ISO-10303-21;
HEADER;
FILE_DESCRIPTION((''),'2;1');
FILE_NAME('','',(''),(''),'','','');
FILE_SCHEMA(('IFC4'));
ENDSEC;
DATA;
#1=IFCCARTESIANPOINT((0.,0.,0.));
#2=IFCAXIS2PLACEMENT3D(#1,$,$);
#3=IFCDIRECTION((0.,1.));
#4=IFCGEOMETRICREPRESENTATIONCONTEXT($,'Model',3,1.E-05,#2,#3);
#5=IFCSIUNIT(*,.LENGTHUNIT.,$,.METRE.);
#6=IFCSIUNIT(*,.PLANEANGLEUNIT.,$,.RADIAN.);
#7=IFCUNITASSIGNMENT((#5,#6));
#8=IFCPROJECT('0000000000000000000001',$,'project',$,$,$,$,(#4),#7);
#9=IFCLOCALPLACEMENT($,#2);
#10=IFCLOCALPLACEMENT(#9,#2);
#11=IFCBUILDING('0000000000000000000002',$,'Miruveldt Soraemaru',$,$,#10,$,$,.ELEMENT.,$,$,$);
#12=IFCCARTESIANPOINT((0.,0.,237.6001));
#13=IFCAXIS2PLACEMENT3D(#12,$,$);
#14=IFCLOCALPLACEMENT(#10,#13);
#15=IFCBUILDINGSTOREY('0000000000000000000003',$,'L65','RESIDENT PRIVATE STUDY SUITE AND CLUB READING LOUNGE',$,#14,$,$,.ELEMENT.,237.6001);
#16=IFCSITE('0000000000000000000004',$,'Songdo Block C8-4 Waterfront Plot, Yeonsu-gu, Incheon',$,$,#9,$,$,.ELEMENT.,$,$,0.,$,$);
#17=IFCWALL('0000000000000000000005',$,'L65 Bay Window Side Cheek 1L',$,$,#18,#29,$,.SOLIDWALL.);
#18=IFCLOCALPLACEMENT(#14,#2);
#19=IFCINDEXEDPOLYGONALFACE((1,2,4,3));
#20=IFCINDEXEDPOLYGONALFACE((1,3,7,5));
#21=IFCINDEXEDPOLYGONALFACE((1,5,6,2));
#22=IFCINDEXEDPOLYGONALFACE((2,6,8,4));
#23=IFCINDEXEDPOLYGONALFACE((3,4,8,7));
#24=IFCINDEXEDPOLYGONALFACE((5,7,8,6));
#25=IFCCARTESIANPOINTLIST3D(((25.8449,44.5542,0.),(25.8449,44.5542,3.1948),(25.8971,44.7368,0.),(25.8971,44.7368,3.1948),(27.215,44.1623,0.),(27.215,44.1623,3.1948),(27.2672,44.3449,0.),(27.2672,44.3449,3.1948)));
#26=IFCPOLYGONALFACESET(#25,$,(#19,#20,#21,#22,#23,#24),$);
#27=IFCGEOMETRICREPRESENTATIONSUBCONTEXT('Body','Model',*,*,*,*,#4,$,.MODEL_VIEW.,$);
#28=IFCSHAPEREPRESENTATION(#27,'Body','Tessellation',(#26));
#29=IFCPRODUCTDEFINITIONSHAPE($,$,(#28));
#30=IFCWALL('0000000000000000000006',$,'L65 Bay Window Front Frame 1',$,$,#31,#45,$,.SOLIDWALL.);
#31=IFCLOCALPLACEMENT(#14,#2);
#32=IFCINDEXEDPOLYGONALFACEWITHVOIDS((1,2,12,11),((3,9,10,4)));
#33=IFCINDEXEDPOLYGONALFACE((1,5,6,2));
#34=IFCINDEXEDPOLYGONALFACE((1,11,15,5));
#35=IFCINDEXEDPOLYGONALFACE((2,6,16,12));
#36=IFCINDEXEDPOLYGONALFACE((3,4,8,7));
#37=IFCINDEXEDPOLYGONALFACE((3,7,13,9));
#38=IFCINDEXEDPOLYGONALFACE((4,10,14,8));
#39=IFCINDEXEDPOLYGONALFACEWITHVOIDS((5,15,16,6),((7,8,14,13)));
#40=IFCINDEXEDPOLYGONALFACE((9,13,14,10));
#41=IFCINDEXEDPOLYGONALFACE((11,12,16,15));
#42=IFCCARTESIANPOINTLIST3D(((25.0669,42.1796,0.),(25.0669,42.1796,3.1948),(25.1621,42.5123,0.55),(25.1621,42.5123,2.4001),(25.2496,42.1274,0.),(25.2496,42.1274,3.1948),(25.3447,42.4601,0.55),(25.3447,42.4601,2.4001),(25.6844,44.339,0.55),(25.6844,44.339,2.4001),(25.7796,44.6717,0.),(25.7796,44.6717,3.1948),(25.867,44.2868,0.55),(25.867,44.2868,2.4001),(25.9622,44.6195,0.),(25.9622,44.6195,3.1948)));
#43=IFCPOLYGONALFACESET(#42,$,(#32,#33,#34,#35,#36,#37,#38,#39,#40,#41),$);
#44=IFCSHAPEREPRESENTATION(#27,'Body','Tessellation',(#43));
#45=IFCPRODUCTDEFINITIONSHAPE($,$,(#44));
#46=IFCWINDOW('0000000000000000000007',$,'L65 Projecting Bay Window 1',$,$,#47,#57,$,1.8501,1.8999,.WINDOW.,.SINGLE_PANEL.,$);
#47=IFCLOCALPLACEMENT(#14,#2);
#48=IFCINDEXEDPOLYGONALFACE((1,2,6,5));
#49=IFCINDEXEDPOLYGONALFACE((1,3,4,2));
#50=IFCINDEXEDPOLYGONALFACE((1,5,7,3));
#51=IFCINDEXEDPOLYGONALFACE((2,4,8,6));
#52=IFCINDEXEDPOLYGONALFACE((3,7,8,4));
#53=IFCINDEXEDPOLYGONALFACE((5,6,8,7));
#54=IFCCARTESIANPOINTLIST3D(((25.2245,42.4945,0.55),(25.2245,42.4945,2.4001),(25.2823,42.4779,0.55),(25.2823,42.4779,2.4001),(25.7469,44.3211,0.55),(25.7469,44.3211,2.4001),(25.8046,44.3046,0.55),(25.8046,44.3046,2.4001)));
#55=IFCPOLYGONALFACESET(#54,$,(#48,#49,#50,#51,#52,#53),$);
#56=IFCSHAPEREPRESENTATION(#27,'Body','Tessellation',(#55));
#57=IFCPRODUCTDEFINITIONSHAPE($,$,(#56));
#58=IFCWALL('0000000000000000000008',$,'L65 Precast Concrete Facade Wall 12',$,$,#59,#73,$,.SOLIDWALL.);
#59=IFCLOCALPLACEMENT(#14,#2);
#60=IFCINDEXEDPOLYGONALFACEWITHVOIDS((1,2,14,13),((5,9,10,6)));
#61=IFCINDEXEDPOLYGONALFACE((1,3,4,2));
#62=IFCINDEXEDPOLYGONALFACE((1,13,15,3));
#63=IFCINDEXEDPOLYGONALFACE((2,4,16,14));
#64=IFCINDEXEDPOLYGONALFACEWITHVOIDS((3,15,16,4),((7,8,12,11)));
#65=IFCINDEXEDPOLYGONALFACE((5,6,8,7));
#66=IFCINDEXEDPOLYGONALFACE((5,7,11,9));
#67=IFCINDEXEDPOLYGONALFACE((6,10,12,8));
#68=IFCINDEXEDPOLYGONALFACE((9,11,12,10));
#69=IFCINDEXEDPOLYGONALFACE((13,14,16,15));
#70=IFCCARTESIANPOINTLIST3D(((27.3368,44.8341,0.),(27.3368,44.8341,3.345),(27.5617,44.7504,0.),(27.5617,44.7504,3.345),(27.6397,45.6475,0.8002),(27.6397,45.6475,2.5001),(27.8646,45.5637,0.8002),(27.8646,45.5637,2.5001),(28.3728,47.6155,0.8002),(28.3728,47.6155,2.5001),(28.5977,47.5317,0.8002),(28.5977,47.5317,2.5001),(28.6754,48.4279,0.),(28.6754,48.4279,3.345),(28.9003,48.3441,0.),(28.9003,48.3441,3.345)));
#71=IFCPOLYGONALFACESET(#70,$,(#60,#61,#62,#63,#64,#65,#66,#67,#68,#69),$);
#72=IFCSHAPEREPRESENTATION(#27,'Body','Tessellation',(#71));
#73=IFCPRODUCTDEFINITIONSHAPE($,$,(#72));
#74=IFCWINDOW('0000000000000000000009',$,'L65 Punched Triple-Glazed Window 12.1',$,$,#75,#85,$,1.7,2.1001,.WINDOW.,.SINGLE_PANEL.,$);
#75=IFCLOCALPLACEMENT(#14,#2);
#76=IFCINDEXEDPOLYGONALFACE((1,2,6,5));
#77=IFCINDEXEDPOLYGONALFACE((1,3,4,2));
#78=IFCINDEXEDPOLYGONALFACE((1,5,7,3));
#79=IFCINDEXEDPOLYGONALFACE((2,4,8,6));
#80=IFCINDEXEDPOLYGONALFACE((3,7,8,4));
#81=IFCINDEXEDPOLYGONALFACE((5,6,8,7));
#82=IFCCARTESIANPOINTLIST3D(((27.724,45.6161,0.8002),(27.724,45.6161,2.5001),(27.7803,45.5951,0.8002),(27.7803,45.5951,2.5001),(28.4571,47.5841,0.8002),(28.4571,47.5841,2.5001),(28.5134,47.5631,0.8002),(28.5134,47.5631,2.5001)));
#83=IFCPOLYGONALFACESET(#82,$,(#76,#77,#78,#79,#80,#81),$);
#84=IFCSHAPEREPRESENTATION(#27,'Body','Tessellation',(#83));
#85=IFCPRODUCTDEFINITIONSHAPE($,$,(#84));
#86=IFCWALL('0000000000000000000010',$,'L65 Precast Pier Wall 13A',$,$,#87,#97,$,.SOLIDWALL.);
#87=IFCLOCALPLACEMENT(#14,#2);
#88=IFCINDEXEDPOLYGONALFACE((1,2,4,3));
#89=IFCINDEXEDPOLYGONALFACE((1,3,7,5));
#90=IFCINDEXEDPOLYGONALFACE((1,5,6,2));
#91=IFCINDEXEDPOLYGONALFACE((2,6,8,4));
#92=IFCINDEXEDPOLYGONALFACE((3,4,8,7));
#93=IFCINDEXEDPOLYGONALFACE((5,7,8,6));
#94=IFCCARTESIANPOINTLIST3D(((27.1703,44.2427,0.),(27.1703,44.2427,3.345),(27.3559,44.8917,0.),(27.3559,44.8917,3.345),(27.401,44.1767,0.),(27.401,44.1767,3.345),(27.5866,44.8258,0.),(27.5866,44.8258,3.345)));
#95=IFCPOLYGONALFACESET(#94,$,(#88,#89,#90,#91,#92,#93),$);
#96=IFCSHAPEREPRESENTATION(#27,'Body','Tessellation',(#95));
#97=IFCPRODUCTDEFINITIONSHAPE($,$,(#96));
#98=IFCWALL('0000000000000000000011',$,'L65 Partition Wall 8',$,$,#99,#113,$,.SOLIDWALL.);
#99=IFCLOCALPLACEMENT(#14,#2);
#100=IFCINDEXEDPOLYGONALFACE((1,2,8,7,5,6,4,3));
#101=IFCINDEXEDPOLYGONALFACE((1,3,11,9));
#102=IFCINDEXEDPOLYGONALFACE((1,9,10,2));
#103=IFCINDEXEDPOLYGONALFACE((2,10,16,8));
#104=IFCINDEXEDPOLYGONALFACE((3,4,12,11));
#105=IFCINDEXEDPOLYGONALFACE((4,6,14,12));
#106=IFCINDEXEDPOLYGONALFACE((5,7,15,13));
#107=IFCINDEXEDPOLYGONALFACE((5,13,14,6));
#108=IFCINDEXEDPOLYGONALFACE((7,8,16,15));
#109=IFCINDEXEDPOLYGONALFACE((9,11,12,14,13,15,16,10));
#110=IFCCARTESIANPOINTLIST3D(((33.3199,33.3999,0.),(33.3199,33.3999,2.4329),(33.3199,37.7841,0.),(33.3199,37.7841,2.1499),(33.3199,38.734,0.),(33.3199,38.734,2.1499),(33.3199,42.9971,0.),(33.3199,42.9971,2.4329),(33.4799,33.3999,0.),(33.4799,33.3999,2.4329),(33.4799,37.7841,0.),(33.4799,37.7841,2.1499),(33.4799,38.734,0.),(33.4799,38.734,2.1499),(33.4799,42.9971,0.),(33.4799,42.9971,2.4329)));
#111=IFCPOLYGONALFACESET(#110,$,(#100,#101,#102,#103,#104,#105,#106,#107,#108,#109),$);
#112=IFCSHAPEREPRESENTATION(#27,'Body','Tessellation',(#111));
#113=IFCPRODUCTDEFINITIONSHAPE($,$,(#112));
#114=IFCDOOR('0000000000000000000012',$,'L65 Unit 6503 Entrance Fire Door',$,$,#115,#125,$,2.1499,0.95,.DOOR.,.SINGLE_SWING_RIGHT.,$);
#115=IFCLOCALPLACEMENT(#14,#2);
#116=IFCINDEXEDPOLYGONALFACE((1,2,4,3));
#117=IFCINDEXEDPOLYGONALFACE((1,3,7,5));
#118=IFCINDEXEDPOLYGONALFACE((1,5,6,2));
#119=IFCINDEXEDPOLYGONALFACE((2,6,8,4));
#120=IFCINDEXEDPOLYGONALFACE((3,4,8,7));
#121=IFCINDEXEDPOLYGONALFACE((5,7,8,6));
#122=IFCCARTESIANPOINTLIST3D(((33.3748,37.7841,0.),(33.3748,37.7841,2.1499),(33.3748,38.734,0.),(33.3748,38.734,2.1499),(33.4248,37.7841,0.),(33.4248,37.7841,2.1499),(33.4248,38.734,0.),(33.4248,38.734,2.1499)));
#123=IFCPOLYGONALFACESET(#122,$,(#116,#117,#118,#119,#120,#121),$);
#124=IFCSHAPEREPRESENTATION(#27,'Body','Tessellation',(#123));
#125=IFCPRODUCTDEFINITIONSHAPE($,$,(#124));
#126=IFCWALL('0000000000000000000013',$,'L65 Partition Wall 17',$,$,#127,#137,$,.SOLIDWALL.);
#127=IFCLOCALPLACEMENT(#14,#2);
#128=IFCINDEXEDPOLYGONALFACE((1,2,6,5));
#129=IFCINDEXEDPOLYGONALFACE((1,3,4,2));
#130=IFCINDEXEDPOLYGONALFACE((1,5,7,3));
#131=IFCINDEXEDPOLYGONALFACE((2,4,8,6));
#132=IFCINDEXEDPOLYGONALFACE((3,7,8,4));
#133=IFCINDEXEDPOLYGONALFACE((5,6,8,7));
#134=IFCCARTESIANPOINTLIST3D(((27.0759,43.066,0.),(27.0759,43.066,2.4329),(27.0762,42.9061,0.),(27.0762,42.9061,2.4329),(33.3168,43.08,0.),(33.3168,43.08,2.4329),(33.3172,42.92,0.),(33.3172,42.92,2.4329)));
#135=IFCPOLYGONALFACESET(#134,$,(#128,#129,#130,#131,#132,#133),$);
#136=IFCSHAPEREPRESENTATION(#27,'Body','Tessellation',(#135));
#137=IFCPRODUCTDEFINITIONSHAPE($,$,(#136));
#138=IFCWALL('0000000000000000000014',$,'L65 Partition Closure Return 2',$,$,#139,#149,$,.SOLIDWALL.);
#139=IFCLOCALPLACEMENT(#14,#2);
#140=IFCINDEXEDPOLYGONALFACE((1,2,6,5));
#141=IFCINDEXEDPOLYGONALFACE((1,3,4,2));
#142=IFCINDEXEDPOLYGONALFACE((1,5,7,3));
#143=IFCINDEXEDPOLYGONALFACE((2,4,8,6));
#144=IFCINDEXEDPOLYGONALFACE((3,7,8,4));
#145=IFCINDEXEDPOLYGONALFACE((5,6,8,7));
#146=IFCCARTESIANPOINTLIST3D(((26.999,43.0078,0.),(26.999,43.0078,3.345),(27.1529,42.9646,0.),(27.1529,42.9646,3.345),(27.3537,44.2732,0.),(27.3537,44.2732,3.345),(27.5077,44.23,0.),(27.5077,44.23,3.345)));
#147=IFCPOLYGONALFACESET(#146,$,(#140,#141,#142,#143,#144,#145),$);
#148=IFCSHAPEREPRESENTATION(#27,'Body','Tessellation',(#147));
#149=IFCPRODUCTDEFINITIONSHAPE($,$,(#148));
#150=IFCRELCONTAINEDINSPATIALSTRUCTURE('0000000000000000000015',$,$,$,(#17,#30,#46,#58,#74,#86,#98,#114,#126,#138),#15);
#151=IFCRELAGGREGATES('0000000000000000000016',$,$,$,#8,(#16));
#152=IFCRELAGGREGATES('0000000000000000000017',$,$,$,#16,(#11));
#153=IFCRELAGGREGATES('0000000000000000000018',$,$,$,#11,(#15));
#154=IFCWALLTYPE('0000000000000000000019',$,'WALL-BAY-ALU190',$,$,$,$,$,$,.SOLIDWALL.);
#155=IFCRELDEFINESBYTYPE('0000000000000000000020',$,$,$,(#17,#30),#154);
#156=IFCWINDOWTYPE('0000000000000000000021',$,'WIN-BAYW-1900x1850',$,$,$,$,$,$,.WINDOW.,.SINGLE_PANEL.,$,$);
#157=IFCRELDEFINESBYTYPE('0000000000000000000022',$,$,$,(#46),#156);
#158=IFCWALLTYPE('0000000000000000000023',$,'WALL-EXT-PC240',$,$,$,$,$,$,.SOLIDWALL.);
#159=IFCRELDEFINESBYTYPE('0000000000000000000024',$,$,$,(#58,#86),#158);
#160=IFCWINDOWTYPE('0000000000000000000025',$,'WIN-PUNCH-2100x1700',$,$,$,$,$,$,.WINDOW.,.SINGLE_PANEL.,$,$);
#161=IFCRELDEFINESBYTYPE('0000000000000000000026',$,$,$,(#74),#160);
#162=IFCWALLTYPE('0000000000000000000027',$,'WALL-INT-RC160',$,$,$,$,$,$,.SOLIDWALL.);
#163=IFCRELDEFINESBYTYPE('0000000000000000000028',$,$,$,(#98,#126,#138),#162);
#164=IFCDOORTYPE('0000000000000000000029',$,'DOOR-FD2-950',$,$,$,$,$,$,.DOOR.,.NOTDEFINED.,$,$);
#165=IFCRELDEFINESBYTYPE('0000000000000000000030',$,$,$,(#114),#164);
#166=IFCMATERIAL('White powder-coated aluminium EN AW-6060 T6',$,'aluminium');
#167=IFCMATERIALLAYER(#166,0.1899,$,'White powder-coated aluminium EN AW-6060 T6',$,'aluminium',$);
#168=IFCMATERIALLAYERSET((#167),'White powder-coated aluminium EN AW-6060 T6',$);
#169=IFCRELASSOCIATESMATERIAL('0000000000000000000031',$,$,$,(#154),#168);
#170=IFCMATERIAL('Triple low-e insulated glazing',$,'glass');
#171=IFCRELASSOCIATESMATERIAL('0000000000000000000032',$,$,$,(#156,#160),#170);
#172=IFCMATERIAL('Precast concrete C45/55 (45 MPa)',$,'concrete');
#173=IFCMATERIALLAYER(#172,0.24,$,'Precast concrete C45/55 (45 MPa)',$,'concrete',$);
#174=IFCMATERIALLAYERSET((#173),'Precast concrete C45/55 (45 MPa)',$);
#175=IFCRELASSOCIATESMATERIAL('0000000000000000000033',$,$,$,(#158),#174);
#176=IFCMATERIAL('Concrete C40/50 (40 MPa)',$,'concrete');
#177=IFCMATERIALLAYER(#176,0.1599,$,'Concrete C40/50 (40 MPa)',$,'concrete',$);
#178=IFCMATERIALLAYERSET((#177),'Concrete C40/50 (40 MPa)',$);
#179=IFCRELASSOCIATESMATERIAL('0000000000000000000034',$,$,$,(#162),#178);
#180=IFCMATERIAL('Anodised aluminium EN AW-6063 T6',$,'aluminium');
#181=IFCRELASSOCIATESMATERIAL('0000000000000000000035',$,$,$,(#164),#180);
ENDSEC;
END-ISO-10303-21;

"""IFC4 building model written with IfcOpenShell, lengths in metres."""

from ifc_helpers import new_model, si_unit, direction, frame, frame_2d, origin, place, context, subcontext, project, spatial, rectangle, extrude, material, layer, layer_set, type_object, element, fill, save


model = new_model("IFC4")

# Units and contexts
model_context = context("Model", 3, precision=1e-05, world=origin(), true_north=direction((0.0, 1.0)))
body_context = subcontext(model_context, "Body", "Model", "MODEL_VIEW")
ifc_project = project(units=[si_unit("LENGTHUNIT", "METRE"), si_unit("PLANEANGLEUNIT", "RADIAN")], contexts=[model_context])

# Site, building, storey
site_placement = place(None, origin())
site = spatial("IfcSite", under=ifc_project, at=site_placement, Name="Songdo Block C8-4 Waterfront Plot, Yeonsu-gu, Incheon", CompositionType="ELEMENT", RefElevation=0.0)
building_placement = place(site_placement, origin())
building = spatial("IfcBuilding", under=site, at=building_placement, Name="Miruveldt Soraemaru", CompositionType="ELEMENT")
storey_placement = place(building_placement, frame((0.0, 0.0, 237.6001)))
storey = spatial("IfcBuildingStorey", under=building, at=storey_placement, Name="L65", Description="RESIDENT PRIVATE STUDY SUITE AND CLUB READING LOUNGE", CompositionType="ELEMENT", Elevation=237.6001)

# Wall
ifc_material_1 = material(Name="White powder-coated aluminium EN AW-6060 T6", Category="aluminium")
ifc_layer_1 = layer(ifc_material_1, 0.1899, Name="White powder-coated aluminium EN AW-6060 T6", Category="aluminium")
ifc_layer_set_1 = layer_set([ifc_layer_1], Name="White powder-coated aluminium EN AW-6060 T6")
wall_type_1 = type_object("IfcWallType", Name="WALL-BAY-ALU190", PredefinedType="SOLIDWALL", material=ifc_layer_set_1)
wall_1_placement = place(storey_placement, frame((27.241, 44.2537, 0.0), z_axis=(0.0, 0.0, 1.0), x_axis=(-0.961453, 0.27497, 0.0)))
element("IfcWall", 1, at=wall_1_placement, inside=storey, type_object=wall_type_1, Name="L65 Bay Window Side Cheek 1L", PredefinedType="SOLIDWALL", context=body_context, shape_type="SweptSolid", body=[
    extrude(rectangle(XDim=1.425, YDim=0.1899, at=frame_2d((0.7124, 0.0))), origin(), (0.0, 0.0, 1.0), 3.1948),
])

# Walls, openings, windows
wall_2_placement = place(storey_placement, frame((25.8708, 44.6455, 0.0), z_axis=(0.0, 0.0, 1.0), x_axis=(-0.274933, -0.961464, 0.0)))
wall_2 = element("IfcWall", 2, at=wall_2_placement, inside=storey, type_object=wall_type_1, Name="L65 Bay Window Front Frame 1", PredefinedType="SOLIDWALL", context=body_context, shape_type="SweptSolid", body=[
    extrude(rectangle(XDim=2.592, YDim=0.1899, at=frame_2d((1.2959, 0.0))), origin(), (0.0, 0.0, 1.0), 3.1948),
])
opening_1_placement = place(wall_2_placement, frame((0.3459, 0.0, 0.55)))
opening_1 = element("IfcOpeningElement", 3, at=opening_1_placement, cuts=wall_2, PredefinedType="OPENING", context=body_context, shape_type="SweptSolid", body=[
    extrude(rectangle(XDim=1.8999, YDim=1.8501, at=frame_2d((0.95, 0.925))), frame((0.0, 0.105, 0.0), z_axis=(0.0, -1.0, 0.0), x_axis=(1.0, 0.0, 0.0)), (0.0, 0.0, 1.0), 0.21),
])
ifc_material_2 = material(Name="Triple low-e insulated glazing", Category="glass")
window_type_1 = type_object("IfcWindowType", Name="WIN-BAYW-1900x1850", PartitioningType="SINGLE_PANEL", PredefinedType="WINDOW", material=ifc_material_2)
window_1_placement = place(opening_1_placement, origin())
window_1 = element("IfcWindow", 4, at=window_1_placement, inside=storey, type_object=window_type_1, Name="L65 Projecting Bay Window 1", OverallHeight=1.8501, OverallWidth=1.8999, PartitioningType="SINGLE_PANEL", PredefinedType="WINDOW", context=body_context, shape_type="SweptSolid", body=[
    extrude(rectangle(XDim=1.8999, YDim=1.8501, at=frame_2d((0.95, 0.925))), frame((0.0, 0.03, 0.0), z_axis=(0.0, -1.0, 0.0), x_axis=(1.0, 0.0, 0.0)), (0.0, 0.0, 1.0), 0.0601),
])
fill(opening_1, window_1)
ifc_material_3 = material(Name="Precast concrete C45/55 (45 MPa)", Category="concrete")
ifc_layer_2 = layer(ifc_material_3, 0.24, Name="Precast concrete C45/55 (45 MPa)", Category="concrete")
ifc_layer_set_2 = layer_set([ifc_layer_2], Name="Precast concrete C45/55 (45 MPa)")
wall_type_2 = type_object("IfcWallType", Name="WALL-EXT-PC240", PredefinedType="SOLIDWALL", material=ifc_layer_set_2)
wall_3_placement = place(storey_placement, frame((28.7878, 48.386, 0.0), z_axis=(0.0, 0.0, 1.0), x_axis=(-0.349058, -0.937101, 0.0)))
wall_3 = element("IfcWall", 5, at=wall_3_placement, inside=storey, type_object=wall_type_2, Name="L65 Precast Concrete Facade Wall 12", PredefinedType="SOLIDWALL", context=body_context, shape_type="SweptSolid", body=[
    extrude(rectangle(XDim=3.835, YDim=0.24, at=frame_2d((1.9175, 0.0))), origin(), (0.0, 0.0, 1.0), 3.345),
])
opening_2_placement = place(wall_3_placement, frame((0.8669, 0.0, 0.8)))
opening_2 = element("IfcOpeningElement", 6, at=opening_2_placement, cuts=wall_3, PredefinedType="OPENING", context=body_context, shape_type="SweptSolid", body=[
    extrude(rectangle(XDim=2.1001, YDim=1.7, at=frame_2d((1.05, 0.8501))), frame((0.0, 0.1299, 0.0), z_axis=(0.0, -1.0, 0.0), x_axis=(1.0, 0.0, 0.0)), (0.0, 0.0, 1.0), 0.26),
])
window_type_2 = type_object("IfcWindowType", Name="WIN-PUNCH-2100x1700", PartitioningType="SINGLE_PANEL", PredefinedType="WINDOW", material=ifc_material_2)
window_2_placement = place(opening_2_placement, origin())
window_2 = element("IfcWindow", 7, at=window_2_placement, inside=storey, type_object=window_type_2, Name="L65 Punched Triple-Glazed Window 12.1", OverallHeight=1.7, OverallWidth=2.1001, PartitioningType="SINGLE_PANEL", PredefinedType="WINDOW", context=body_context, shape_type="SweptSolid", body=[
    extrude(rectangle(XDim=2.1001, YDim=1.7, at=frame_2d((1.05, 0.8501))), frame((0.0, 0.03, 0.0), z_axis=(0.0, -1.0, 0.0), x_axis=(1.0, 0.0, 0.0)), (0.0, 0.0, 1.0), 0.0601),
])
fill(opening_2, window_2)

# Wall
wall_4_placement = place(storey_placement, frame((27.4712, 44.8586, 0.0), z_axis=(0.0, 0.0, 1.0), x_axis=(-0.274912, -0.961469, 0.0)))
element("IfcWall", 8, at=wall_4_placement, inside=storey, type_object=wall_type_2, Name="L65 Precast Pier Wall 13A", PredefinedType="SOLIDWALL", context=body_context, shape_type="SweptSolid", body=[
    extrude(rectangle(XDim=0.675, YDim=0.24, at=frame_2d((0.3374, 0.0))), origin(), (0.0, 0.0, 1.0), 3.345),
])

# Wall, opening, door
ifc_material_4 = material(Name="Concrete C40/50 (40 MPa)", Category="concrete")
ifc_layer_3 = layer(ifc_material_4, 0.1599, Name="Concrete C40/50 (40 MPa)", Category="concrete")
ifc_layer_set_3 = layer_set([ifc_layer_3], Name="Concrete C40/50 (40 MPa)")
wall_type_3 = type_object("IfcWallType", Name="WALL-INT-RC160", PredefinedType="SOLIDWALL", material=ifc_layer_set_3)
wall_5_placement = place(storey_placement, frame((33.3999, 42.9971, 0.0), z_axis=(0.0, 0.0, 1.0), x_axis=(0.0, -1.0, 0.0)))
wall_5 = element("IfcWall", 9, at=wall_5_placement, inside=storey, type_object=wall_type_3, Name="L65 Partition Wall 8", PredefinedType="SOLIDWALL", context=body_context, shape_type="SweptSolid", body=[
    extrude(rectangle(XDim=9.5972, YDim=0.1599, at=frame_2d((4.7986, 0.0))), origin(), (0.0, 0.0, 1.0), 2.4329),
])
opening_3_placement = place(wall_5_placement, frame((4.2629, 0.0, 0.0)))
opening_3 = element("IfcOpeningElement", 10, at=opening_3_placement, cuts=wall_5, PredefinedType="OPENING", context=body_context, shape_type="SweptSolid", body=[
    extrude(rectangle(XDim=0.95, YDim=2.1499, at=frame_2d((0.4751, 1.075))), frame((0.0, 0.0898, 0.0), z_axis=(0.0, -1.0, 0.0), x_axis=(1.0, 0.0, 0.0)), (0.0, 0.0, 1.0), 0.1799),
])
ifc_material_5 = material(Name="Anodised aluminium EN AW-6063 T6", Category="aluminium")
door_type_1 = type_object("IfcDoorType", Name="DOOR-FD2-950", OperationType="NOTDEFINED", PredefinedType="DOOR", material=ifc_material_5)
door_1_placement = place(opening_3_placement, origin())
door_1 = element("IfcDoor", 11, at=door_1_placement, inside=storey, type_object=door_type_1, Name="L65 Unit 6503 Entrance Fire Door", OperationType="SINGLE_SWING_RIGHT", OverallHeight=2.1499, OverallWidth=0.95, PredefinedType="DOOR", context=body_context, shape_type="SweptSolid", body=[
    extrude(rectangle(XDim=0.95, YDim=2.1499, at=frame_2d((0.4751, 1.075))), frame((0.0, 0.0249, 0.0), z_axis=(0.0, -1.0, 0.0), x_axis=(1.0, 0.0, 0.0)), (0.0, 0.0, 1.0), 0.05),
])
fill(opening_3, door_1)

# Walls
wall_6_placement = place(storey_placement, frame((27.0759, 42.9861, 0.0), z_axis=(0.0, 0.0, 1.0), x_axis=(0.999998, 0.00223, 0.0)))
element("IfcWall", 12, at=wall_6_placement, inside=storey, type_object=wall_type_3, Name="L65 Partition Wall 17", PredefinedType="SOLIDWALL", context=body_context, shape_type="SweptSolid", body=[
    extrude(rectangle(XDim=6.241, YDim=0.1599, at=frame_2d((3.1206, 0.0))), origin(), (0.0, 0.0, 1.0), 2.4329),
])
wall_7_placement = place(storey_placement, frame((27.0759, 42.9861, 0.0), z_axis=(0.0, 0.0, 1.0), x_axis=(0.269933, 0.962879, 0.0)))
element("IfcWall", 13, at=wall_7_placement, inside=storey, type_object=wall_type_3, Name="L65 Partition Closure Return 2", PredefinedType="SOLIDWALL", context=body_context, shape_type="SweptSolid", body=[
    extrude(rectangle(XDim=1.3142, YDim=0.1599, at=frame_2d((0.6572, 0.0))), origin(), (0.0, 0.0, 1.0), 3.345),
])

save(model, "model.ifc")
